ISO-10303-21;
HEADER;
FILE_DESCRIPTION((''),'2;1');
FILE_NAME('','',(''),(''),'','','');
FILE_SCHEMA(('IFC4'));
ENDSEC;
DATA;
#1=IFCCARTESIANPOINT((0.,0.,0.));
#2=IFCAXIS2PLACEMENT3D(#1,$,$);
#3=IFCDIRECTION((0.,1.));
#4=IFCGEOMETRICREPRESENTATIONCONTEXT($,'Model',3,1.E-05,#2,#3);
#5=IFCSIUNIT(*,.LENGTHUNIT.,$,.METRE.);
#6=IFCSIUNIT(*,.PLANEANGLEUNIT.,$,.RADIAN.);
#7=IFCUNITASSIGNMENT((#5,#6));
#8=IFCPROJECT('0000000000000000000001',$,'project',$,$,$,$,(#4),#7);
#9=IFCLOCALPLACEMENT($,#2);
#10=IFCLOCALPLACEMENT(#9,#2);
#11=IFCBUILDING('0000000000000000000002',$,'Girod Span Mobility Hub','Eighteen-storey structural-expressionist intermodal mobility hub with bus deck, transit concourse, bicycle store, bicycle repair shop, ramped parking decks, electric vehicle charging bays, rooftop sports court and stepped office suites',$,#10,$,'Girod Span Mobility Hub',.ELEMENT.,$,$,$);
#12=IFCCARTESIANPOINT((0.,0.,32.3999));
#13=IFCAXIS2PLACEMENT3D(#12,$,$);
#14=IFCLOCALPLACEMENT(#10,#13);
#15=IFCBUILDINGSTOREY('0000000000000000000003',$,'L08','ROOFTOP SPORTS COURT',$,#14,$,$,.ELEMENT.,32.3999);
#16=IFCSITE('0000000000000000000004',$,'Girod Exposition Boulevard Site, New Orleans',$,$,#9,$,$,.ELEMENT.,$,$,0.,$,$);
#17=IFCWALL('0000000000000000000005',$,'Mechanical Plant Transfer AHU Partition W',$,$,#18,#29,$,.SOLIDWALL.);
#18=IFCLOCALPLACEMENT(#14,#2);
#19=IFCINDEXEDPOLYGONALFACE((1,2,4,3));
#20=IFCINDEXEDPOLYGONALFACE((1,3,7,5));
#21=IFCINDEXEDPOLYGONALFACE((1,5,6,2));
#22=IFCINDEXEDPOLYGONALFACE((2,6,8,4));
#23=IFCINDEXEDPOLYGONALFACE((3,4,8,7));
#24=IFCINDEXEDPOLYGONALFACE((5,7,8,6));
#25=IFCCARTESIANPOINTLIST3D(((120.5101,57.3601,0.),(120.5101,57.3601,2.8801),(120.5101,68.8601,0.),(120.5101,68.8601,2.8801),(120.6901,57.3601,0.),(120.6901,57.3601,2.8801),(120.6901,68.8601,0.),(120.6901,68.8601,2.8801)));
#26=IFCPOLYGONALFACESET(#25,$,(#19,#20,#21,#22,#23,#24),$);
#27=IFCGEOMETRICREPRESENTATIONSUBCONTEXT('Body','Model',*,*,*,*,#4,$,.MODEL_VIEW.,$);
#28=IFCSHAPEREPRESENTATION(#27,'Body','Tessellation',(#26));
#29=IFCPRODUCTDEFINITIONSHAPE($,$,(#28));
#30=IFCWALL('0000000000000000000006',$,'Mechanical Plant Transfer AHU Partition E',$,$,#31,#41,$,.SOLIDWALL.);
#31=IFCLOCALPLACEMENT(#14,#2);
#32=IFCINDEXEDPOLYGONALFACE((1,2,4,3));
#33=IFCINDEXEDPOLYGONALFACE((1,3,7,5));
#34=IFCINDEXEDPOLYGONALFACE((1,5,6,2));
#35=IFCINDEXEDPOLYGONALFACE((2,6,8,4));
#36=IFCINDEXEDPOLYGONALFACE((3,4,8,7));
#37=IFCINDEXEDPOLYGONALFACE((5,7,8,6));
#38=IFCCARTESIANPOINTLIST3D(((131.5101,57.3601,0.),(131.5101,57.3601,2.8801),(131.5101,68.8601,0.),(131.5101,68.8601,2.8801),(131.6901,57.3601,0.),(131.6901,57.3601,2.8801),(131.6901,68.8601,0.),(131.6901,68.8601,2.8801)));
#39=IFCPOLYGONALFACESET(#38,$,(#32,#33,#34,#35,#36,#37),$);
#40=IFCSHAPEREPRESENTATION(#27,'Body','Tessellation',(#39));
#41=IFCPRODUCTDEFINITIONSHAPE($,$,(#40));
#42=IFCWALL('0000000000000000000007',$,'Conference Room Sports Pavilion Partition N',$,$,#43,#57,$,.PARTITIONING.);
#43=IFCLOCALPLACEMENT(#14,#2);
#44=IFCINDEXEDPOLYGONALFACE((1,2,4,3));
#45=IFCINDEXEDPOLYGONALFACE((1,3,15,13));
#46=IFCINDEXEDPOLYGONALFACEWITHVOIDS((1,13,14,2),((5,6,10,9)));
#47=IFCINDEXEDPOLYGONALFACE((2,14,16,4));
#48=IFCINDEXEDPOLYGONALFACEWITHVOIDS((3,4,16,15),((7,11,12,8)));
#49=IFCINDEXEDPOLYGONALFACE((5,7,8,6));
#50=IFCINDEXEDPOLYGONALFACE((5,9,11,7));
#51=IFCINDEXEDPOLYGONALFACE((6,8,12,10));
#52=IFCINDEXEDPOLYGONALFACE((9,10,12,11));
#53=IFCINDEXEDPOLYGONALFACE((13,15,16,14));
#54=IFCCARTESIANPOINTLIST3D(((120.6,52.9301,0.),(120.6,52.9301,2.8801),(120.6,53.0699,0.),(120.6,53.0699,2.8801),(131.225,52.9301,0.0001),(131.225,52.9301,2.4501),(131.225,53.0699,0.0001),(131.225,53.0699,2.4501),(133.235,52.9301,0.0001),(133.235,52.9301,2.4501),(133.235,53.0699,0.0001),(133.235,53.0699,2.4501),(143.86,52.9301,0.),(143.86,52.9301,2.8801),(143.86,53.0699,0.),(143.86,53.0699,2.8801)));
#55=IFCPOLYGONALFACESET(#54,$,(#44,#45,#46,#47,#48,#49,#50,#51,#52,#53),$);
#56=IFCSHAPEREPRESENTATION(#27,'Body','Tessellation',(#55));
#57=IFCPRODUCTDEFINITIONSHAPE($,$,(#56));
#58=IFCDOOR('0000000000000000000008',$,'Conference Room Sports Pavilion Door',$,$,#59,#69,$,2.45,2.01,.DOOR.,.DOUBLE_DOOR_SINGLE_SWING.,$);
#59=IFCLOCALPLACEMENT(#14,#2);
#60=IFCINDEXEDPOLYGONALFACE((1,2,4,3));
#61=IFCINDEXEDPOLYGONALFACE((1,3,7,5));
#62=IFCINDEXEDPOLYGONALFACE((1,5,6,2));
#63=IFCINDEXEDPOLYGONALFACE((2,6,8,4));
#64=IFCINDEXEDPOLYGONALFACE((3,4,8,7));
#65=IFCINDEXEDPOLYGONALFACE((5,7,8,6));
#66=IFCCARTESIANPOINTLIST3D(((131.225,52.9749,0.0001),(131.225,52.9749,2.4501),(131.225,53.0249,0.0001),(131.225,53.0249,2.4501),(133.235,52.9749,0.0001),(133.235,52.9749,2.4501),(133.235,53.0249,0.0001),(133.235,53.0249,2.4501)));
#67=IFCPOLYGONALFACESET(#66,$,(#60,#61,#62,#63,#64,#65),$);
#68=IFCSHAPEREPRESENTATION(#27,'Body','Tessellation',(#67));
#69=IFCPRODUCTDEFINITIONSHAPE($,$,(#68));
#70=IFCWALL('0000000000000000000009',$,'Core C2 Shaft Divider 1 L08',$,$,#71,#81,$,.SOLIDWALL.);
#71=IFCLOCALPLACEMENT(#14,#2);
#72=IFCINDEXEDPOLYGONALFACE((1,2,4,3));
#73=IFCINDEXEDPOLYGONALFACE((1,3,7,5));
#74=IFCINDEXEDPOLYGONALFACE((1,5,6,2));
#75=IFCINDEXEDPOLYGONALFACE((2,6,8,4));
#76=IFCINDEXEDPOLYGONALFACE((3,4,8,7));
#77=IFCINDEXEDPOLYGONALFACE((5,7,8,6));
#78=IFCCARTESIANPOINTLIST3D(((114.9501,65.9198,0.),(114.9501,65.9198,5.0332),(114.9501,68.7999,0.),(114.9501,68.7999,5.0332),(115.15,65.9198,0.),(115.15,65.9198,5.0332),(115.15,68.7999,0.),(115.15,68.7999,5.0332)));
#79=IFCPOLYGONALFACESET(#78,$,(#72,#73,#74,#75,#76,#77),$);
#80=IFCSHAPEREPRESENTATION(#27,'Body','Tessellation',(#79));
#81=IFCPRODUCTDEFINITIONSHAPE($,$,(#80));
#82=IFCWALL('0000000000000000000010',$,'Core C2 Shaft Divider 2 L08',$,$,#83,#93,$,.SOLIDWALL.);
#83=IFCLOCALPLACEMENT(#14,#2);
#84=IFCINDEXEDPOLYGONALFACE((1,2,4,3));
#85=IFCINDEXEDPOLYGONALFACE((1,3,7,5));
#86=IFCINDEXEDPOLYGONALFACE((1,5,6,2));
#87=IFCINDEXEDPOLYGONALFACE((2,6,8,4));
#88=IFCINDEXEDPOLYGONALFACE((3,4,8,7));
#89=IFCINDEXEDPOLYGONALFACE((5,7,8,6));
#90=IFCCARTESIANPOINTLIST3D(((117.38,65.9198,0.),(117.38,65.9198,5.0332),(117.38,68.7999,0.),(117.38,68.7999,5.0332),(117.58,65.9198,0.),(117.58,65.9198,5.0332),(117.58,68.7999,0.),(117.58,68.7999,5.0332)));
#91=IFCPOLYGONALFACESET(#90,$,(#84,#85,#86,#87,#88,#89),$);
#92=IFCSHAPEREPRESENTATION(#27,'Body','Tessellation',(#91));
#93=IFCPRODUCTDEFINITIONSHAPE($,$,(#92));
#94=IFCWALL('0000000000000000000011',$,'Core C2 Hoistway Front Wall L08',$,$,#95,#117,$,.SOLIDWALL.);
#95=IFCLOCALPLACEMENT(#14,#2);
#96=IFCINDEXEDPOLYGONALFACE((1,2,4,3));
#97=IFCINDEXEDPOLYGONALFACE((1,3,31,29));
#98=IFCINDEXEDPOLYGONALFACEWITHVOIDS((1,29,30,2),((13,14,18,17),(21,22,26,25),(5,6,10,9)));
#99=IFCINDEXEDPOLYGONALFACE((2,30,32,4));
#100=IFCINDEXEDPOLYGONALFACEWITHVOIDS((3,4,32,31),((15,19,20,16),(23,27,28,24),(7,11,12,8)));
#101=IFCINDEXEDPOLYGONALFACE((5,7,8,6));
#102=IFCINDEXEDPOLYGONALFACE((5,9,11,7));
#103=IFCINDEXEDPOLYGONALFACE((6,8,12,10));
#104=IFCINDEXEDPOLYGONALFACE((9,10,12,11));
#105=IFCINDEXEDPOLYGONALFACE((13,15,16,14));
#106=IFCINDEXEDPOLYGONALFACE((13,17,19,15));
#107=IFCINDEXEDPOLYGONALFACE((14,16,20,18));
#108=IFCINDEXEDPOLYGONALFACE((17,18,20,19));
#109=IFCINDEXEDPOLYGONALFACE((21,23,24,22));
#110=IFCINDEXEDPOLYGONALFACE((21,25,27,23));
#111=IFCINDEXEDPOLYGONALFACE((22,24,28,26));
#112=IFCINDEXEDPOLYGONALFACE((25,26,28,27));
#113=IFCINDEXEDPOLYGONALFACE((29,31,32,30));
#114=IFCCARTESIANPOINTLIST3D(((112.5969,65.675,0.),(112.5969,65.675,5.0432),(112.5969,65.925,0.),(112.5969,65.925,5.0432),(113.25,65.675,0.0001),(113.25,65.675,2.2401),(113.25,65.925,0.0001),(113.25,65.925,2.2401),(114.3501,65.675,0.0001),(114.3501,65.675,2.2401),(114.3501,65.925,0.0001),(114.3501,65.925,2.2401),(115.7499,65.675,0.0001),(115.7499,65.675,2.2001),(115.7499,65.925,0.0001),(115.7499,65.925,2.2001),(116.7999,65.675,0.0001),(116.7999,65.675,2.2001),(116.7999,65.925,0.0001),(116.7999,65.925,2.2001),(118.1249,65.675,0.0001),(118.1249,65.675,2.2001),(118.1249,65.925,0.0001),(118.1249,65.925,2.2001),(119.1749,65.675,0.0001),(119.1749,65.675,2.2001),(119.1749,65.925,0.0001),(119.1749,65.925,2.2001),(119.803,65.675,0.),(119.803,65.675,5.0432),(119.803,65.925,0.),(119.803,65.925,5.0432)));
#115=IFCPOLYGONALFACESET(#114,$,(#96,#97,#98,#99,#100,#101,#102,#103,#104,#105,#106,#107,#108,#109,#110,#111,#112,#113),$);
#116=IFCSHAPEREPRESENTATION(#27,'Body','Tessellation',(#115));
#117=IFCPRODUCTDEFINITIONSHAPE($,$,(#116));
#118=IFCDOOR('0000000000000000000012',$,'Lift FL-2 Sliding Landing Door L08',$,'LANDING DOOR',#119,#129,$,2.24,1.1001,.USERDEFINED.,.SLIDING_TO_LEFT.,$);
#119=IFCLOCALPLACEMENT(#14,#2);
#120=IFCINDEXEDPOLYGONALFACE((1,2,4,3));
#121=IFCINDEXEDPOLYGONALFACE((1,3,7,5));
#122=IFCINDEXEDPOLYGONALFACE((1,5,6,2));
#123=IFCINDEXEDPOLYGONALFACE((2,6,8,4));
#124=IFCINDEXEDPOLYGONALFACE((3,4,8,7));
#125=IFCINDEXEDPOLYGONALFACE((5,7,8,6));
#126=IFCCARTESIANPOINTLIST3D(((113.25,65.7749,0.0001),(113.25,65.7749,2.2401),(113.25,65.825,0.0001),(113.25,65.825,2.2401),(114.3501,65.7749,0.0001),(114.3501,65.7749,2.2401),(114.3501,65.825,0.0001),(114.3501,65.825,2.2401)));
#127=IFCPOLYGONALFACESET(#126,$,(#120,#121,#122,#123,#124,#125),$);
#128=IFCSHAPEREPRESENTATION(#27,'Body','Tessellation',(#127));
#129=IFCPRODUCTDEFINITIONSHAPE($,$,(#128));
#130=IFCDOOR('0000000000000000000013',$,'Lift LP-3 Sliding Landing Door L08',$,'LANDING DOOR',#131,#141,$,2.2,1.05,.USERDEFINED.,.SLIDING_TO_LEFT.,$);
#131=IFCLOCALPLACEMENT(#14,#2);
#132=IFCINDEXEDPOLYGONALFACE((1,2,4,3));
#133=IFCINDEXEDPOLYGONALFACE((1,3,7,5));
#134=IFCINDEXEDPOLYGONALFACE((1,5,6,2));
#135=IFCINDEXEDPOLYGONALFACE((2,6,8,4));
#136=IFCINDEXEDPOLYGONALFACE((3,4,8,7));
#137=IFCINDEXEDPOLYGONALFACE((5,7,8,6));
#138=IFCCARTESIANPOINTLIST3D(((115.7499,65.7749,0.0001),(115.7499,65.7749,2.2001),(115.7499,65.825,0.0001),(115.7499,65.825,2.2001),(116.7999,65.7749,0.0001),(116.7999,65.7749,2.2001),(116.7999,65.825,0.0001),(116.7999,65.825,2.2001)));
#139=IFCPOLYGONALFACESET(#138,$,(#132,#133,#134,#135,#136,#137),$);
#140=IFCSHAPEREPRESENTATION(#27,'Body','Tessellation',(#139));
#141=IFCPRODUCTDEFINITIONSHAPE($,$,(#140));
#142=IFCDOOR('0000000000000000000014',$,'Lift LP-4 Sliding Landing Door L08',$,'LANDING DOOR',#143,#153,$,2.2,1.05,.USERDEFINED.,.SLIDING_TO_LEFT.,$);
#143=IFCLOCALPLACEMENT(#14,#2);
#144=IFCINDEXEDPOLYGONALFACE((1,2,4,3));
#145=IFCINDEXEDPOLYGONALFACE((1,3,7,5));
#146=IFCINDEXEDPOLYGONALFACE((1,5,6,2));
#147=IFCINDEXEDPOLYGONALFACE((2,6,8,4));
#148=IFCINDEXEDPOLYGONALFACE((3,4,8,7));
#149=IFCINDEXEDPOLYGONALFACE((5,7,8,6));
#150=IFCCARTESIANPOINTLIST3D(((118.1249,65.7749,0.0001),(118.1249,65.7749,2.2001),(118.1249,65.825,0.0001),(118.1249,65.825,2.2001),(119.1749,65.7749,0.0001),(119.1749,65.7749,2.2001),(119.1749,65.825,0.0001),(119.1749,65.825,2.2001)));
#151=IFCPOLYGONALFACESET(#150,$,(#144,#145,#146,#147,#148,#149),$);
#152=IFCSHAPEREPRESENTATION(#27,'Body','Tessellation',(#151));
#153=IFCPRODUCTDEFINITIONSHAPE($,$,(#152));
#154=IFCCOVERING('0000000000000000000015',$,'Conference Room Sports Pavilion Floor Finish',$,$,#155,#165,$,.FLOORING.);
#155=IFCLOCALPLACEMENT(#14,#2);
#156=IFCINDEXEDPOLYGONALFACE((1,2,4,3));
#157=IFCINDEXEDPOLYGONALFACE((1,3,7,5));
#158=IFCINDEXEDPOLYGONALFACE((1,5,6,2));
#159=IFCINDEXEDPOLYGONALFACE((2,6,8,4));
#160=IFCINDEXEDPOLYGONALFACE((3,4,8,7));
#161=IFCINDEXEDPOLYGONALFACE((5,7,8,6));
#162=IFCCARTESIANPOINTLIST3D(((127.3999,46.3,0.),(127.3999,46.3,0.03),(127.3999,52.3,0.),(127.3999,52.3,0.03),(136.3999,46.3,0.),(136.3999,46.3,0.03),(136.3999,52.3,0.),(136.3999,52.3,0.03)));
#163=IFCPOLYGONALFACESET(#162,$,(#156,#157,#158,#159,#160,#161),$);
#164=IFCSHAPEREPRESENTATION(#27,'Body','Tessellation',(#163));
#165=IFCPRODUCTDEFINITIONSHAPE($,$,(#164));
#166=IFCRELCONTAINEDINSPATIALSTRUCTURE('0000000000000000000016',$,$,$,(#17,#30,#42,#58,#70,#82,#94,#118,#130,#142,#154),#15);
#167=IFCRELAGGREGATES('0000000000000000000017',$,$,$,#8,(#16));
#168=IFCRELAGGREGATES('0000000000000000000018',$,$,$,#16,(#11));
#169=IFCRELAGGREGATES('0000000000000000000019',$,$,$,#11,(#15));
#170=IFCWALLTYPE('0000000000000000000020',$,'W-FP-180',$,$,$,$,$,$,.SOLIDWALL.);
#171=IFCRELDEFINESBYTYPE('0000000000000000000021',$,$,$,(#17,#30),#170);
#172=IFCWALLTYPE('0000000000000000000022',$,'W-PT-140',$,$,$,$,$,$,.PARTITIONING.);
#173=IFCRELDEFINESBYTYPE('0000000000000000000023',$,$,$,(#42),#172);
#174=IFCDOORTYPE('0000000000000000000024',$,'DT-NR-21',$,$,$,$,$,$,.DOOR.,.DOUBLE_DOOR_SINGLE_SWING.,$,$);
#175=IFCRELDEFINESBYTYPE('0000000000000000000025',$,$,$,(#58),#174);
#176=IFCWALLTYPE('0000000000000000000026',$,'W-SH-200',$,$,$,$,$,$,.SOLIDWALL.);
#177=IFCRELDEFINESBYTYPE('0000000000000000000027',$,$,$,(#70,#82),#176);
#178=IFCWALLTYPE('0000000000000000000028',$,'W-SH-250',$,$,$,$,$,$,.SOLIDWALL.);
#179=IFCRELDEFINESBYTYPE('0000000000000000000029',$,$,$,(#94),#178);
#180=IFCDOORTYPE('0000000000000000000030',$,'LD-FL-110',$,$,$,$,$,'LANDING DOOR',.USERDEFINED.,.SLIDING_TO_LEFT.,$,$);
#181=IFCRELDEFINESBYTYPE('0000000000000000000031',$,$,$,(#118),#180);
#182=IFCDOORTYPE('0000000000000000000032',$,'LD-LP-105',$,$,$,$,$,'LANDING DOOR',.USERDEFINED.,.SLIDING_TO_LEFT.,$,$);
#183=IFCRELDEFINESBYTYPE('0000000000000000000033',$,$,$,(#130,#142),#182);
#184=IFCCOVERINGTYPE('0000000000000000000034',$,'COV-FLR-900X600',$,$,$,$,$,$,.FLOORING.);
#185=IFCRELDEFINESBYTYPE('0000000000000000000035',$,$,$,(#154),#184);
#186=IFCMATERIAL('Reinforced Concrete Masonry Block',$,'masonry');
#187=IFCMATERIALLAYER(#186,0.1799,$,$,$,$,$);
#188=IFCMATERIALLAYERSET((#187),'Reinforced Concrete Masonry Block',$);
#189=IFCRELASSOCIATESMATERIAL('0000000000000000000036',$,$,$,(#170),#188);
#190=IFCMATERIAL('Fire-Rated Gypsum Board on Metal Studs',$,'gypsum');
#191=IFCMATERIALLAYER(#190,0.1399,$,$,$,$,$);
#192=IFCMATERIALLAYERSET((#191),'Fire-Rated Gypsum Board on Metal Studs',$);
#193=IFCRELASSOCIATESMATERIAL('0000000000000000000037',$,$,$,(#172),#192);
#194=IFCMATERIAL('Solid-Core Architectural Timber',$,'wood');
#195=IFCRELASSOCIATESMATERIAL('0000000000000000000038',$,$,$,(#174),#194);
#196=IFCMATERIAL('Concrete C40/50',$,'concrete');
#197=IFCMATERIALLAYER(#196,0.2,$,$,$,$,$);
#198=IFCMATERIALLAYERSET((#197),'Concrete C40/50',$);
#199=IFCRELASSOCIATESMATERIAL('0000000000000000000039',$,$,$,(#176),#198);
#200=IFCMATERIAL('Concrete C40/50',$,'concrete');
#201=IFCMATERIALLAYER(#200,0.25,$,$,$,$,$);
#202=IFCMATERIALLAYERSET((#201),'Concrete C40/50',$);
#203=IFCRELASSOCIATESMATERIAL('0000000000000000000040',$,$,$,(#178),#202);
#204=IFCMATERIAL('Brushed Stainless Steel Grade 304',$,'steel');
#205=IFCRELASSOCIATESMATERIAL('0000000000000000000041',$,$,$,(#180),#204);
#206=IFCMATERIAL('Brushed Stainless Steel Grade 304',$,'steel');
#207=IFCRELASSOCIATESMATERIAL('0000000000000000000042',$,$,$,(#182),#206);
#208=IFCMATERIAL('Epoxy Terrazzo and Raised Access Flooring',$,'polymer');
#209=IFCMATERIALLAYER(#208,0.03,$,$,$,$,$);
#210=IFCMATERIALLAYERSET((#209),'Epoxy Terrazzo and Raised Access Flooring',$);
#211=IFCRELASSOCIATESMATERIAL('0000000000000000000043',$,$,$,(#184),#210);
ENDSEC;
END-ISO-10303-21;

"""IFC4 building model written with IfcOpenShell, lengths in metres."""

from ifc_helpers import new_model, si_unit, direction, frame, frame_2d, origin, origin_2d, place, context, subcontext, project, spatial, rectangle, extrude, material, layer, layer_set, type_object, element, fill, save


model = new_model("IFC4")

# Units and contexts
model_context = context("Model", 3, precision=1e-05, world=origin(), true_north=direction((0.0, 1.0)))
body_context = subcontext(model_context, "Body", "Model", "MODEL_VIEW")
ifc_project = project(units=[si_unit("LENGTHUNIT", "METRE"), si_unit("PLANEANGLEUNIT", "RADIAN")], contexts=[model_context])

# Site, building, storey
site_placement = place(None, origin())
site = spatial("IfcSite", under=ifc_project, at=site_placement, Name="Girod Exposition Boulevard Site, New Orleans", CompositionType="ELEMENT", RefElevation=0.0)
building_placement = place(site_placement, origin())
building = spatial("IfcBuilding", under=site, at=building_placement, Name="Girod Span Mobility Hub", Description="Eighteen-storey structural-expressionist intermodal mobility hub with bus deck, transit concourse, bicycle store, bicycle repair shop, ramped parking decks, electric vehicle charging bays, rooftop sports court and stepped office suites", LongName="Girod Span Mobility Hub", CompositionType="ELEMENT")
storey_placement = place(building_placement, frame((0.0, 0.0, 32.3999)))
storey = spatial("IfcBuildingStorey", under=building, at=storey_placement, Name="L08", Description="ROOFTOP SPORTS COURT", CompositionType="ELEMENT", Elevation=32.3999)

# Shared definitions
ifc_material_1 = material(Name="Reinforced Concrete Masonry Block", Category="masonry")
ifc_layer_1 = layer(ifc_material_1, 0.1799)
ifc_layer_set_1 = layer_set([ifc_layer_1], Name="Reinforced Concrete Masonry Block")
wall_type_1 = type_object("IfcWallType", Name="W-FP-180", PredefinedType="SOLIDWALL", material=ifc_layer_set_1)

# Walls
for number, where, z_axis, x_axis, name in (
    (1, (120.6001, 57.3601, 0.0), (0.0, 0.0, 1.0), (0.0, 1.0, 0.0), "Mechanical Plant Transfer AHU Partition W"),
    (2, (131.6001, 57.3601, 0.0), (0.0, 0.0, 1.0), (0.0, 1.0, 0.0), "Mechanical Plant Transfer AHU Partition E"),
):
    element("IfcWall", number, at=place(storey_placement, frame(where, z_axis=z_axis, x_axis=x_axis)), inside=storey, type_object=wall_type_1, Name=name, PredefinedType="SOLIDWALL", context=body_context, shape_type="SweptSolid", body=[
        extrude(rectangle(XDim=11.5, YDim=0.1799, at=frame_2d((5.75, 0.0))), origin(), (0.0, 0.0, 1.0), 2.8801),
    ])

# Wall, opening, door
ifc_material_2 = material(Name="Fire-Rated Gypsum Board on Metal Studs", Category="gypsum")
ifc_layer_2 = layer(ifc_material_2, 0.1399)
ifc_layer_set_2 = layer_set([ifc_layer_2], Name="Fire-Rated Gypsum Board on Metal Studs")
wall_type_2 = type_object("IfcWallType", Name="W-PT-140", PredefinedType="PARTITIONING", material=ifc_layer_set_2)
wall_1_placement = place(storey_placement, frame((120.6001, 53.0, 0.0), z_axis=(0.0, 0.0, 1.0), x_axis=(1.0, 0.0, 0.0)))
wall_1 = element("IfcWall", 3, at=wall_1_placement, inside=storey, type_object=wall_type_2, Name="Conference Room Sports Pavilion Partition N", PredefinedType="PARTITIONING", context=body_context, shape_type="SweptSolid", body=[
    extrude(rectangle(XDim=23.26, YDim=0.1399, at=frame_2d((11.6299, 0.0))), origin(), (0.0, 0.0, 1.0), 2.8801),
])
opening_1_placement = place(wall_1_placement, frame((10.625, 0.0, 0.0)))
opening_1 = element("IfcOpeningElement", 4, at=opening_1_placement, cuts=wall_1, PredefinedType="OPENING", context=body_context, shape_type="SweptSolid", body=[
    extrude(rectangle(XDim=2.01, YDim=2.45, at=frame_2d((1.0049, 1.2251))), frame((0.0, 0.085, 0.0), z_axis=(0.0, -1.0, 0.0), x_axis=(1.0, 0.0, 0.0)), (0.0, 0.0, 1.0), 0.1699),
])
ifc_material_3 = material(Name="Solid-Core Architectural Timber", Category="wood")
door_type_1 = type_object("IfcDoorType", Name="DT-NR-21", OperationType="DOUBLE_DOOR_SINGLE_SWING", PredefinedType="DOOR", material=ifc_material_3)
door_1_placement = place(opening_1_placement, origin())
door_1 = element("IfcDoor", 5, at=door_1_placement, inside=storey, type_object=door_type_1, Name="Conference Room Sports Pavilion Door", OperationType="DOUBLE_DOOR_SINGLE_SWING", OverallHeight=2.45, OverallWidth=2.01, PredefinedType="DOOR", context=body_context, shape_type="SweptSolid", body=[
    extrude(rectangle(XDim=2.01, YDim=2.45, at=frame_2d((1.0049, 1.2251))), frame((0.0, 0.0249, 0.0), z_axis=(0.0, -1.0, 0.0), x_axis=(1.0, 0.0, 0.0)), (0.0, 0.0, 1.0), 0.05),
])
fill(opening_1, door_1)

# Walls
ifc_material_4 = material(Name="Concrete C40/50", Category="concrete")
ifc_layer_3 = layer(ifc_material_4, 0.2)
ifc_layer_set_3 = layer_set([ifc_layer_3], Name="Concrete C40/50")
wall_type_3 = type_object("IfcWallType", Name="W-SH-200", PredefinedType="SOLIDWALL", material=ifc_layer_set_3)
for number, where, z_axis, x_axis, name in (
    (6, (115.05, 65.9199, 0.0), (0.0, 0.0, 1.0), (0.0, 1.0, 0.0), "Core C2 Shaft Divider 1 L08"),
    (7, (117.48, 65.9199, 0.0), (0.0, 0.0, 1.0), (0.0, 1.0, 0.0), "Core C2 Shaft Divider 2 L08"),
):
    element("IfcWall", number, at=place(storey_placement, frame(where, z_axis=z_axis, x_axis=x_axis)), inside=storey, type_object=wall_type_3, Name=name, PredefinedType="SOLIDWALL", context=body_context, shape_type="SweptSolid", body=[
        extrude(rectangle(XDim=2.8801, YDim=0.2, at=frame_2d((1.4399, 0.0))), origin(), (0.0, 0.0, 1.0), 5.0332),
    ])

# Wall, openings, doors
ifc_material_5 = material(Name="Concrete C40/50", Category="concrete")
ifc_layer_4 = layer(ifc_material_5, 0.25)
ifc_layer_set_4 = layer_set([ifc_layer_4], Name="Concrete C40/50")
wall_type_4 = type_object("IfcWallType", Name="W-SH-250", PredefinedType="SOLIDWALL", material=ifc_layer_set_4)
wall_2_placement = place(storey_placement, frame((112.5969, 65.8, 0.0), z_axis=(0.0, 0.0, 1.0), x_axis=(1.0, 0.0, 0.0)))
wall_2 = element("IfcWall", 8, at=wall_2_placement, inside=storey, type_object=wall_type_4, Name="Core C2 Hoistway Front Wall L08", PredefinedType="SOLIDWALL", context=body_context, shape_type="SweptSolid", body=[
    extrude(rectangle(XDim=7.2061, YDim=0.25, at=frame_2d((3.603, 0.0))), origin(), (0.0, 0.0, 1.0), 5.0432),
])
opening_2_placement = place(wall_2_placement, frame((0.6531, 0.0, 0.0)))
opening_2 = element("IfcOpeningElement", 9, at=opening_2_placement, cuts=wall_2, PredefinedType="OPENING", context=body_context, shape_type="SweptSolid", body=[
    extrude(rectangle(XDim=1.1001, YDim=2.24, at=frame_2d((0.55, 1.1201))), frame((0.0, 0.1399, 0.0), z_axis=(0.0, -1.0, 0.0), x_axis=(1.0, 0.0, 0.0)), (0.0, 0.0, 1.0), 0.28),
])
opening_3_placement = place(wall_2_placement, frame((3.1531, 0.0, 0.0)))
opening_3 = element("IfcOpeningElement", 10, at=opening_3_placement, cuts=wall_2, PredefinedType="OPENING", context=body_context, shape_type="SweptSolid", body=[
    extrude(rectangle(XDim=1.05, YDim=2.2, at=frame_2d((0.5249, 1.1001))), frame((0.0, 0.1399, 0.0), z_axis=(0.0, -1.0, 0.0), x_axis=(1.0, 0.0, 0.0)), (0.0, 0.0, 1.0), 0.28),
])
opening_4_placement = place(wall_2_placement, frame((5.5281, 0.0, 0.0)))
opening_4 = element("IfcOpeningElement", 11, at=opening_4_placement, cuts=wall_2, PredefinedType="OPENING", context=body_context, shape_type="SweptSolid", body=[
    extrude(rectangle(XDim=1.05, YDim=2.2, at=frame_2d((0.5249, 1.1001))), frame((0.0, 0.1399, 0.0), z_axis=(0.0, -1.0, 0.0), x_axis=(1.0, 0.0, 0.0)), (0.0, 0.0, 1.0), 0.28),
])
ifc_material_6 = material(Name="Brushed Stainless Steel Grade 304", Category="steel")
door_type_2 = type_object("IfcDoorType", Name="LD-FL-110", ElementType="LANDING DOOR", OperationType="SLIDING_TO_LEFT", PredefinedType="USERDEFINED", material=ifc_material_6)
door_2_placement = place(opening_2_placement, origin())
door_2 = element("IfcDoor", 12, at=door_2_placement, inside=storey, type_object=door_type_2, Name="Lift FL-2 Sliding Landing Door L08", ObjectType="LANDING DOOR", OperationType="SLIDING_TO_LEFT", OverallHeight=2.24, OverallWidth=1.1001, PredefinedType="USERDEFINED", context=body_context, shape_type="SweptSolid", body=[
    extrude(rectangle(XDim=1.1001, YDim=2.24, at=frame_2d((0.55, 1.1201))), frame((0.0, 0.0249, 0.0), z_axis=(0.0, -1.0, 0.0), x_axis=(1.0, 0.0, 0.0)), (0.0, 0.0, 1.0), 0.05),
])
fill(opening_2, door_2)
ifc_material_7 = material(Name="Brushed Stainless Steel Grade 304", Category="steel")
door_type_3 = type_object("IfcDoorType", Name="LD-LP-105", ElementType="LANDING DOOR", OperationType="SLIDING_TO_LEFT", PredefinedType="USERDEFINED", material=ifc_material_7)
door_3_placement = place(opening_3_placement, origin())
door_3 = element("IfcDoor", 13, at=door_3_placement, inside=storey, type_object=door_type_3, Name="Lift LP-3 Sliding Landing Door L08", ObjectType="LANDING DOOR", OperationType="SLIDING_TO_LEFT", OverallHeight=2.2, OverallWidth=1.05, PredefinedType="USERDEFINED", context=body_context, shape_type="SweptSolid", body=[
    extrude(rectangle(XDim=1.05, YDim=2.2, at=frame_2d((0.5249, 1.1001))), frame((0.0, 0.0249, 0.0), z_axis=(0.0, -1.0, 0.0), x_axis=(1.0, 0.0, 0.0)), (0.0, 0.0, 1.0), 0.05),
])
fill(opening_3, door_3)
door_4_placement = place(opening_4_placement, origin())
door_4 = element("IfcDoor", 14, at=door_4_placement, inside=storey, type_object=door_type_3, Name="Lift LP-4 Sliding Landing Door L08", ObjectType="LANDING DOOR", OperationType="SLIDING_TO_LEFT", OverallHeight=2.2, OverallWidth=1.05, PredefinedType="USERDEFINED", context=body_context, shape_type="SweptSolid", body=[
    extrude(rectangle(XDim=1.05, YDim=2.2, at=frame_2d((0.5249, 1.1001))), frame((0.0, 0.0249, 0.0), z_axis=(0.0, -1.0, 0.0), x_axis=(1.0, 0.0, 0.0)), (0.0, 0.0, 1.0), 0.05),
])
fill(opening_4, door_4)

# Covering
ifc_material_8 = material(Name="Epoxy Terrazzo and Raised Access Flooring", Category="polymer")
ifc_layer_5 = layer(ifc_material_8, 0.03)
ifc_layer_set_5 = layer_set([ifc_layer_5], Name="Epoxy Terrazzo and Raised Access Flooring")
covering_type = type_object("IfcCoveringType", Name="COV-FLR-900X600", PredefinedType="FLOORING", material=ifc_layer_set_5)
covering_placement = place(storey_placement, frame((131.8999, 49.3, 0.0), z_axis=(0.0, 0.0, 1.0), x_axis=(1.0, 0.0, 0.0)))
element("IfcCovering", 15, at=covering_placement, inside=storey, type_object=covering_type, Name="Conference Room Sports Pavilion Floor Finish", PredefinedType="FLOORING", context=body_context, shape_type="SweptSolid", body=[
    extrude(rectangle(XDim=9.0, YDim=6.0, at=origin_2d()), origin(), (0.0, 0.0, 1.0), 0.03),
])

save(model, "model.ifc")
